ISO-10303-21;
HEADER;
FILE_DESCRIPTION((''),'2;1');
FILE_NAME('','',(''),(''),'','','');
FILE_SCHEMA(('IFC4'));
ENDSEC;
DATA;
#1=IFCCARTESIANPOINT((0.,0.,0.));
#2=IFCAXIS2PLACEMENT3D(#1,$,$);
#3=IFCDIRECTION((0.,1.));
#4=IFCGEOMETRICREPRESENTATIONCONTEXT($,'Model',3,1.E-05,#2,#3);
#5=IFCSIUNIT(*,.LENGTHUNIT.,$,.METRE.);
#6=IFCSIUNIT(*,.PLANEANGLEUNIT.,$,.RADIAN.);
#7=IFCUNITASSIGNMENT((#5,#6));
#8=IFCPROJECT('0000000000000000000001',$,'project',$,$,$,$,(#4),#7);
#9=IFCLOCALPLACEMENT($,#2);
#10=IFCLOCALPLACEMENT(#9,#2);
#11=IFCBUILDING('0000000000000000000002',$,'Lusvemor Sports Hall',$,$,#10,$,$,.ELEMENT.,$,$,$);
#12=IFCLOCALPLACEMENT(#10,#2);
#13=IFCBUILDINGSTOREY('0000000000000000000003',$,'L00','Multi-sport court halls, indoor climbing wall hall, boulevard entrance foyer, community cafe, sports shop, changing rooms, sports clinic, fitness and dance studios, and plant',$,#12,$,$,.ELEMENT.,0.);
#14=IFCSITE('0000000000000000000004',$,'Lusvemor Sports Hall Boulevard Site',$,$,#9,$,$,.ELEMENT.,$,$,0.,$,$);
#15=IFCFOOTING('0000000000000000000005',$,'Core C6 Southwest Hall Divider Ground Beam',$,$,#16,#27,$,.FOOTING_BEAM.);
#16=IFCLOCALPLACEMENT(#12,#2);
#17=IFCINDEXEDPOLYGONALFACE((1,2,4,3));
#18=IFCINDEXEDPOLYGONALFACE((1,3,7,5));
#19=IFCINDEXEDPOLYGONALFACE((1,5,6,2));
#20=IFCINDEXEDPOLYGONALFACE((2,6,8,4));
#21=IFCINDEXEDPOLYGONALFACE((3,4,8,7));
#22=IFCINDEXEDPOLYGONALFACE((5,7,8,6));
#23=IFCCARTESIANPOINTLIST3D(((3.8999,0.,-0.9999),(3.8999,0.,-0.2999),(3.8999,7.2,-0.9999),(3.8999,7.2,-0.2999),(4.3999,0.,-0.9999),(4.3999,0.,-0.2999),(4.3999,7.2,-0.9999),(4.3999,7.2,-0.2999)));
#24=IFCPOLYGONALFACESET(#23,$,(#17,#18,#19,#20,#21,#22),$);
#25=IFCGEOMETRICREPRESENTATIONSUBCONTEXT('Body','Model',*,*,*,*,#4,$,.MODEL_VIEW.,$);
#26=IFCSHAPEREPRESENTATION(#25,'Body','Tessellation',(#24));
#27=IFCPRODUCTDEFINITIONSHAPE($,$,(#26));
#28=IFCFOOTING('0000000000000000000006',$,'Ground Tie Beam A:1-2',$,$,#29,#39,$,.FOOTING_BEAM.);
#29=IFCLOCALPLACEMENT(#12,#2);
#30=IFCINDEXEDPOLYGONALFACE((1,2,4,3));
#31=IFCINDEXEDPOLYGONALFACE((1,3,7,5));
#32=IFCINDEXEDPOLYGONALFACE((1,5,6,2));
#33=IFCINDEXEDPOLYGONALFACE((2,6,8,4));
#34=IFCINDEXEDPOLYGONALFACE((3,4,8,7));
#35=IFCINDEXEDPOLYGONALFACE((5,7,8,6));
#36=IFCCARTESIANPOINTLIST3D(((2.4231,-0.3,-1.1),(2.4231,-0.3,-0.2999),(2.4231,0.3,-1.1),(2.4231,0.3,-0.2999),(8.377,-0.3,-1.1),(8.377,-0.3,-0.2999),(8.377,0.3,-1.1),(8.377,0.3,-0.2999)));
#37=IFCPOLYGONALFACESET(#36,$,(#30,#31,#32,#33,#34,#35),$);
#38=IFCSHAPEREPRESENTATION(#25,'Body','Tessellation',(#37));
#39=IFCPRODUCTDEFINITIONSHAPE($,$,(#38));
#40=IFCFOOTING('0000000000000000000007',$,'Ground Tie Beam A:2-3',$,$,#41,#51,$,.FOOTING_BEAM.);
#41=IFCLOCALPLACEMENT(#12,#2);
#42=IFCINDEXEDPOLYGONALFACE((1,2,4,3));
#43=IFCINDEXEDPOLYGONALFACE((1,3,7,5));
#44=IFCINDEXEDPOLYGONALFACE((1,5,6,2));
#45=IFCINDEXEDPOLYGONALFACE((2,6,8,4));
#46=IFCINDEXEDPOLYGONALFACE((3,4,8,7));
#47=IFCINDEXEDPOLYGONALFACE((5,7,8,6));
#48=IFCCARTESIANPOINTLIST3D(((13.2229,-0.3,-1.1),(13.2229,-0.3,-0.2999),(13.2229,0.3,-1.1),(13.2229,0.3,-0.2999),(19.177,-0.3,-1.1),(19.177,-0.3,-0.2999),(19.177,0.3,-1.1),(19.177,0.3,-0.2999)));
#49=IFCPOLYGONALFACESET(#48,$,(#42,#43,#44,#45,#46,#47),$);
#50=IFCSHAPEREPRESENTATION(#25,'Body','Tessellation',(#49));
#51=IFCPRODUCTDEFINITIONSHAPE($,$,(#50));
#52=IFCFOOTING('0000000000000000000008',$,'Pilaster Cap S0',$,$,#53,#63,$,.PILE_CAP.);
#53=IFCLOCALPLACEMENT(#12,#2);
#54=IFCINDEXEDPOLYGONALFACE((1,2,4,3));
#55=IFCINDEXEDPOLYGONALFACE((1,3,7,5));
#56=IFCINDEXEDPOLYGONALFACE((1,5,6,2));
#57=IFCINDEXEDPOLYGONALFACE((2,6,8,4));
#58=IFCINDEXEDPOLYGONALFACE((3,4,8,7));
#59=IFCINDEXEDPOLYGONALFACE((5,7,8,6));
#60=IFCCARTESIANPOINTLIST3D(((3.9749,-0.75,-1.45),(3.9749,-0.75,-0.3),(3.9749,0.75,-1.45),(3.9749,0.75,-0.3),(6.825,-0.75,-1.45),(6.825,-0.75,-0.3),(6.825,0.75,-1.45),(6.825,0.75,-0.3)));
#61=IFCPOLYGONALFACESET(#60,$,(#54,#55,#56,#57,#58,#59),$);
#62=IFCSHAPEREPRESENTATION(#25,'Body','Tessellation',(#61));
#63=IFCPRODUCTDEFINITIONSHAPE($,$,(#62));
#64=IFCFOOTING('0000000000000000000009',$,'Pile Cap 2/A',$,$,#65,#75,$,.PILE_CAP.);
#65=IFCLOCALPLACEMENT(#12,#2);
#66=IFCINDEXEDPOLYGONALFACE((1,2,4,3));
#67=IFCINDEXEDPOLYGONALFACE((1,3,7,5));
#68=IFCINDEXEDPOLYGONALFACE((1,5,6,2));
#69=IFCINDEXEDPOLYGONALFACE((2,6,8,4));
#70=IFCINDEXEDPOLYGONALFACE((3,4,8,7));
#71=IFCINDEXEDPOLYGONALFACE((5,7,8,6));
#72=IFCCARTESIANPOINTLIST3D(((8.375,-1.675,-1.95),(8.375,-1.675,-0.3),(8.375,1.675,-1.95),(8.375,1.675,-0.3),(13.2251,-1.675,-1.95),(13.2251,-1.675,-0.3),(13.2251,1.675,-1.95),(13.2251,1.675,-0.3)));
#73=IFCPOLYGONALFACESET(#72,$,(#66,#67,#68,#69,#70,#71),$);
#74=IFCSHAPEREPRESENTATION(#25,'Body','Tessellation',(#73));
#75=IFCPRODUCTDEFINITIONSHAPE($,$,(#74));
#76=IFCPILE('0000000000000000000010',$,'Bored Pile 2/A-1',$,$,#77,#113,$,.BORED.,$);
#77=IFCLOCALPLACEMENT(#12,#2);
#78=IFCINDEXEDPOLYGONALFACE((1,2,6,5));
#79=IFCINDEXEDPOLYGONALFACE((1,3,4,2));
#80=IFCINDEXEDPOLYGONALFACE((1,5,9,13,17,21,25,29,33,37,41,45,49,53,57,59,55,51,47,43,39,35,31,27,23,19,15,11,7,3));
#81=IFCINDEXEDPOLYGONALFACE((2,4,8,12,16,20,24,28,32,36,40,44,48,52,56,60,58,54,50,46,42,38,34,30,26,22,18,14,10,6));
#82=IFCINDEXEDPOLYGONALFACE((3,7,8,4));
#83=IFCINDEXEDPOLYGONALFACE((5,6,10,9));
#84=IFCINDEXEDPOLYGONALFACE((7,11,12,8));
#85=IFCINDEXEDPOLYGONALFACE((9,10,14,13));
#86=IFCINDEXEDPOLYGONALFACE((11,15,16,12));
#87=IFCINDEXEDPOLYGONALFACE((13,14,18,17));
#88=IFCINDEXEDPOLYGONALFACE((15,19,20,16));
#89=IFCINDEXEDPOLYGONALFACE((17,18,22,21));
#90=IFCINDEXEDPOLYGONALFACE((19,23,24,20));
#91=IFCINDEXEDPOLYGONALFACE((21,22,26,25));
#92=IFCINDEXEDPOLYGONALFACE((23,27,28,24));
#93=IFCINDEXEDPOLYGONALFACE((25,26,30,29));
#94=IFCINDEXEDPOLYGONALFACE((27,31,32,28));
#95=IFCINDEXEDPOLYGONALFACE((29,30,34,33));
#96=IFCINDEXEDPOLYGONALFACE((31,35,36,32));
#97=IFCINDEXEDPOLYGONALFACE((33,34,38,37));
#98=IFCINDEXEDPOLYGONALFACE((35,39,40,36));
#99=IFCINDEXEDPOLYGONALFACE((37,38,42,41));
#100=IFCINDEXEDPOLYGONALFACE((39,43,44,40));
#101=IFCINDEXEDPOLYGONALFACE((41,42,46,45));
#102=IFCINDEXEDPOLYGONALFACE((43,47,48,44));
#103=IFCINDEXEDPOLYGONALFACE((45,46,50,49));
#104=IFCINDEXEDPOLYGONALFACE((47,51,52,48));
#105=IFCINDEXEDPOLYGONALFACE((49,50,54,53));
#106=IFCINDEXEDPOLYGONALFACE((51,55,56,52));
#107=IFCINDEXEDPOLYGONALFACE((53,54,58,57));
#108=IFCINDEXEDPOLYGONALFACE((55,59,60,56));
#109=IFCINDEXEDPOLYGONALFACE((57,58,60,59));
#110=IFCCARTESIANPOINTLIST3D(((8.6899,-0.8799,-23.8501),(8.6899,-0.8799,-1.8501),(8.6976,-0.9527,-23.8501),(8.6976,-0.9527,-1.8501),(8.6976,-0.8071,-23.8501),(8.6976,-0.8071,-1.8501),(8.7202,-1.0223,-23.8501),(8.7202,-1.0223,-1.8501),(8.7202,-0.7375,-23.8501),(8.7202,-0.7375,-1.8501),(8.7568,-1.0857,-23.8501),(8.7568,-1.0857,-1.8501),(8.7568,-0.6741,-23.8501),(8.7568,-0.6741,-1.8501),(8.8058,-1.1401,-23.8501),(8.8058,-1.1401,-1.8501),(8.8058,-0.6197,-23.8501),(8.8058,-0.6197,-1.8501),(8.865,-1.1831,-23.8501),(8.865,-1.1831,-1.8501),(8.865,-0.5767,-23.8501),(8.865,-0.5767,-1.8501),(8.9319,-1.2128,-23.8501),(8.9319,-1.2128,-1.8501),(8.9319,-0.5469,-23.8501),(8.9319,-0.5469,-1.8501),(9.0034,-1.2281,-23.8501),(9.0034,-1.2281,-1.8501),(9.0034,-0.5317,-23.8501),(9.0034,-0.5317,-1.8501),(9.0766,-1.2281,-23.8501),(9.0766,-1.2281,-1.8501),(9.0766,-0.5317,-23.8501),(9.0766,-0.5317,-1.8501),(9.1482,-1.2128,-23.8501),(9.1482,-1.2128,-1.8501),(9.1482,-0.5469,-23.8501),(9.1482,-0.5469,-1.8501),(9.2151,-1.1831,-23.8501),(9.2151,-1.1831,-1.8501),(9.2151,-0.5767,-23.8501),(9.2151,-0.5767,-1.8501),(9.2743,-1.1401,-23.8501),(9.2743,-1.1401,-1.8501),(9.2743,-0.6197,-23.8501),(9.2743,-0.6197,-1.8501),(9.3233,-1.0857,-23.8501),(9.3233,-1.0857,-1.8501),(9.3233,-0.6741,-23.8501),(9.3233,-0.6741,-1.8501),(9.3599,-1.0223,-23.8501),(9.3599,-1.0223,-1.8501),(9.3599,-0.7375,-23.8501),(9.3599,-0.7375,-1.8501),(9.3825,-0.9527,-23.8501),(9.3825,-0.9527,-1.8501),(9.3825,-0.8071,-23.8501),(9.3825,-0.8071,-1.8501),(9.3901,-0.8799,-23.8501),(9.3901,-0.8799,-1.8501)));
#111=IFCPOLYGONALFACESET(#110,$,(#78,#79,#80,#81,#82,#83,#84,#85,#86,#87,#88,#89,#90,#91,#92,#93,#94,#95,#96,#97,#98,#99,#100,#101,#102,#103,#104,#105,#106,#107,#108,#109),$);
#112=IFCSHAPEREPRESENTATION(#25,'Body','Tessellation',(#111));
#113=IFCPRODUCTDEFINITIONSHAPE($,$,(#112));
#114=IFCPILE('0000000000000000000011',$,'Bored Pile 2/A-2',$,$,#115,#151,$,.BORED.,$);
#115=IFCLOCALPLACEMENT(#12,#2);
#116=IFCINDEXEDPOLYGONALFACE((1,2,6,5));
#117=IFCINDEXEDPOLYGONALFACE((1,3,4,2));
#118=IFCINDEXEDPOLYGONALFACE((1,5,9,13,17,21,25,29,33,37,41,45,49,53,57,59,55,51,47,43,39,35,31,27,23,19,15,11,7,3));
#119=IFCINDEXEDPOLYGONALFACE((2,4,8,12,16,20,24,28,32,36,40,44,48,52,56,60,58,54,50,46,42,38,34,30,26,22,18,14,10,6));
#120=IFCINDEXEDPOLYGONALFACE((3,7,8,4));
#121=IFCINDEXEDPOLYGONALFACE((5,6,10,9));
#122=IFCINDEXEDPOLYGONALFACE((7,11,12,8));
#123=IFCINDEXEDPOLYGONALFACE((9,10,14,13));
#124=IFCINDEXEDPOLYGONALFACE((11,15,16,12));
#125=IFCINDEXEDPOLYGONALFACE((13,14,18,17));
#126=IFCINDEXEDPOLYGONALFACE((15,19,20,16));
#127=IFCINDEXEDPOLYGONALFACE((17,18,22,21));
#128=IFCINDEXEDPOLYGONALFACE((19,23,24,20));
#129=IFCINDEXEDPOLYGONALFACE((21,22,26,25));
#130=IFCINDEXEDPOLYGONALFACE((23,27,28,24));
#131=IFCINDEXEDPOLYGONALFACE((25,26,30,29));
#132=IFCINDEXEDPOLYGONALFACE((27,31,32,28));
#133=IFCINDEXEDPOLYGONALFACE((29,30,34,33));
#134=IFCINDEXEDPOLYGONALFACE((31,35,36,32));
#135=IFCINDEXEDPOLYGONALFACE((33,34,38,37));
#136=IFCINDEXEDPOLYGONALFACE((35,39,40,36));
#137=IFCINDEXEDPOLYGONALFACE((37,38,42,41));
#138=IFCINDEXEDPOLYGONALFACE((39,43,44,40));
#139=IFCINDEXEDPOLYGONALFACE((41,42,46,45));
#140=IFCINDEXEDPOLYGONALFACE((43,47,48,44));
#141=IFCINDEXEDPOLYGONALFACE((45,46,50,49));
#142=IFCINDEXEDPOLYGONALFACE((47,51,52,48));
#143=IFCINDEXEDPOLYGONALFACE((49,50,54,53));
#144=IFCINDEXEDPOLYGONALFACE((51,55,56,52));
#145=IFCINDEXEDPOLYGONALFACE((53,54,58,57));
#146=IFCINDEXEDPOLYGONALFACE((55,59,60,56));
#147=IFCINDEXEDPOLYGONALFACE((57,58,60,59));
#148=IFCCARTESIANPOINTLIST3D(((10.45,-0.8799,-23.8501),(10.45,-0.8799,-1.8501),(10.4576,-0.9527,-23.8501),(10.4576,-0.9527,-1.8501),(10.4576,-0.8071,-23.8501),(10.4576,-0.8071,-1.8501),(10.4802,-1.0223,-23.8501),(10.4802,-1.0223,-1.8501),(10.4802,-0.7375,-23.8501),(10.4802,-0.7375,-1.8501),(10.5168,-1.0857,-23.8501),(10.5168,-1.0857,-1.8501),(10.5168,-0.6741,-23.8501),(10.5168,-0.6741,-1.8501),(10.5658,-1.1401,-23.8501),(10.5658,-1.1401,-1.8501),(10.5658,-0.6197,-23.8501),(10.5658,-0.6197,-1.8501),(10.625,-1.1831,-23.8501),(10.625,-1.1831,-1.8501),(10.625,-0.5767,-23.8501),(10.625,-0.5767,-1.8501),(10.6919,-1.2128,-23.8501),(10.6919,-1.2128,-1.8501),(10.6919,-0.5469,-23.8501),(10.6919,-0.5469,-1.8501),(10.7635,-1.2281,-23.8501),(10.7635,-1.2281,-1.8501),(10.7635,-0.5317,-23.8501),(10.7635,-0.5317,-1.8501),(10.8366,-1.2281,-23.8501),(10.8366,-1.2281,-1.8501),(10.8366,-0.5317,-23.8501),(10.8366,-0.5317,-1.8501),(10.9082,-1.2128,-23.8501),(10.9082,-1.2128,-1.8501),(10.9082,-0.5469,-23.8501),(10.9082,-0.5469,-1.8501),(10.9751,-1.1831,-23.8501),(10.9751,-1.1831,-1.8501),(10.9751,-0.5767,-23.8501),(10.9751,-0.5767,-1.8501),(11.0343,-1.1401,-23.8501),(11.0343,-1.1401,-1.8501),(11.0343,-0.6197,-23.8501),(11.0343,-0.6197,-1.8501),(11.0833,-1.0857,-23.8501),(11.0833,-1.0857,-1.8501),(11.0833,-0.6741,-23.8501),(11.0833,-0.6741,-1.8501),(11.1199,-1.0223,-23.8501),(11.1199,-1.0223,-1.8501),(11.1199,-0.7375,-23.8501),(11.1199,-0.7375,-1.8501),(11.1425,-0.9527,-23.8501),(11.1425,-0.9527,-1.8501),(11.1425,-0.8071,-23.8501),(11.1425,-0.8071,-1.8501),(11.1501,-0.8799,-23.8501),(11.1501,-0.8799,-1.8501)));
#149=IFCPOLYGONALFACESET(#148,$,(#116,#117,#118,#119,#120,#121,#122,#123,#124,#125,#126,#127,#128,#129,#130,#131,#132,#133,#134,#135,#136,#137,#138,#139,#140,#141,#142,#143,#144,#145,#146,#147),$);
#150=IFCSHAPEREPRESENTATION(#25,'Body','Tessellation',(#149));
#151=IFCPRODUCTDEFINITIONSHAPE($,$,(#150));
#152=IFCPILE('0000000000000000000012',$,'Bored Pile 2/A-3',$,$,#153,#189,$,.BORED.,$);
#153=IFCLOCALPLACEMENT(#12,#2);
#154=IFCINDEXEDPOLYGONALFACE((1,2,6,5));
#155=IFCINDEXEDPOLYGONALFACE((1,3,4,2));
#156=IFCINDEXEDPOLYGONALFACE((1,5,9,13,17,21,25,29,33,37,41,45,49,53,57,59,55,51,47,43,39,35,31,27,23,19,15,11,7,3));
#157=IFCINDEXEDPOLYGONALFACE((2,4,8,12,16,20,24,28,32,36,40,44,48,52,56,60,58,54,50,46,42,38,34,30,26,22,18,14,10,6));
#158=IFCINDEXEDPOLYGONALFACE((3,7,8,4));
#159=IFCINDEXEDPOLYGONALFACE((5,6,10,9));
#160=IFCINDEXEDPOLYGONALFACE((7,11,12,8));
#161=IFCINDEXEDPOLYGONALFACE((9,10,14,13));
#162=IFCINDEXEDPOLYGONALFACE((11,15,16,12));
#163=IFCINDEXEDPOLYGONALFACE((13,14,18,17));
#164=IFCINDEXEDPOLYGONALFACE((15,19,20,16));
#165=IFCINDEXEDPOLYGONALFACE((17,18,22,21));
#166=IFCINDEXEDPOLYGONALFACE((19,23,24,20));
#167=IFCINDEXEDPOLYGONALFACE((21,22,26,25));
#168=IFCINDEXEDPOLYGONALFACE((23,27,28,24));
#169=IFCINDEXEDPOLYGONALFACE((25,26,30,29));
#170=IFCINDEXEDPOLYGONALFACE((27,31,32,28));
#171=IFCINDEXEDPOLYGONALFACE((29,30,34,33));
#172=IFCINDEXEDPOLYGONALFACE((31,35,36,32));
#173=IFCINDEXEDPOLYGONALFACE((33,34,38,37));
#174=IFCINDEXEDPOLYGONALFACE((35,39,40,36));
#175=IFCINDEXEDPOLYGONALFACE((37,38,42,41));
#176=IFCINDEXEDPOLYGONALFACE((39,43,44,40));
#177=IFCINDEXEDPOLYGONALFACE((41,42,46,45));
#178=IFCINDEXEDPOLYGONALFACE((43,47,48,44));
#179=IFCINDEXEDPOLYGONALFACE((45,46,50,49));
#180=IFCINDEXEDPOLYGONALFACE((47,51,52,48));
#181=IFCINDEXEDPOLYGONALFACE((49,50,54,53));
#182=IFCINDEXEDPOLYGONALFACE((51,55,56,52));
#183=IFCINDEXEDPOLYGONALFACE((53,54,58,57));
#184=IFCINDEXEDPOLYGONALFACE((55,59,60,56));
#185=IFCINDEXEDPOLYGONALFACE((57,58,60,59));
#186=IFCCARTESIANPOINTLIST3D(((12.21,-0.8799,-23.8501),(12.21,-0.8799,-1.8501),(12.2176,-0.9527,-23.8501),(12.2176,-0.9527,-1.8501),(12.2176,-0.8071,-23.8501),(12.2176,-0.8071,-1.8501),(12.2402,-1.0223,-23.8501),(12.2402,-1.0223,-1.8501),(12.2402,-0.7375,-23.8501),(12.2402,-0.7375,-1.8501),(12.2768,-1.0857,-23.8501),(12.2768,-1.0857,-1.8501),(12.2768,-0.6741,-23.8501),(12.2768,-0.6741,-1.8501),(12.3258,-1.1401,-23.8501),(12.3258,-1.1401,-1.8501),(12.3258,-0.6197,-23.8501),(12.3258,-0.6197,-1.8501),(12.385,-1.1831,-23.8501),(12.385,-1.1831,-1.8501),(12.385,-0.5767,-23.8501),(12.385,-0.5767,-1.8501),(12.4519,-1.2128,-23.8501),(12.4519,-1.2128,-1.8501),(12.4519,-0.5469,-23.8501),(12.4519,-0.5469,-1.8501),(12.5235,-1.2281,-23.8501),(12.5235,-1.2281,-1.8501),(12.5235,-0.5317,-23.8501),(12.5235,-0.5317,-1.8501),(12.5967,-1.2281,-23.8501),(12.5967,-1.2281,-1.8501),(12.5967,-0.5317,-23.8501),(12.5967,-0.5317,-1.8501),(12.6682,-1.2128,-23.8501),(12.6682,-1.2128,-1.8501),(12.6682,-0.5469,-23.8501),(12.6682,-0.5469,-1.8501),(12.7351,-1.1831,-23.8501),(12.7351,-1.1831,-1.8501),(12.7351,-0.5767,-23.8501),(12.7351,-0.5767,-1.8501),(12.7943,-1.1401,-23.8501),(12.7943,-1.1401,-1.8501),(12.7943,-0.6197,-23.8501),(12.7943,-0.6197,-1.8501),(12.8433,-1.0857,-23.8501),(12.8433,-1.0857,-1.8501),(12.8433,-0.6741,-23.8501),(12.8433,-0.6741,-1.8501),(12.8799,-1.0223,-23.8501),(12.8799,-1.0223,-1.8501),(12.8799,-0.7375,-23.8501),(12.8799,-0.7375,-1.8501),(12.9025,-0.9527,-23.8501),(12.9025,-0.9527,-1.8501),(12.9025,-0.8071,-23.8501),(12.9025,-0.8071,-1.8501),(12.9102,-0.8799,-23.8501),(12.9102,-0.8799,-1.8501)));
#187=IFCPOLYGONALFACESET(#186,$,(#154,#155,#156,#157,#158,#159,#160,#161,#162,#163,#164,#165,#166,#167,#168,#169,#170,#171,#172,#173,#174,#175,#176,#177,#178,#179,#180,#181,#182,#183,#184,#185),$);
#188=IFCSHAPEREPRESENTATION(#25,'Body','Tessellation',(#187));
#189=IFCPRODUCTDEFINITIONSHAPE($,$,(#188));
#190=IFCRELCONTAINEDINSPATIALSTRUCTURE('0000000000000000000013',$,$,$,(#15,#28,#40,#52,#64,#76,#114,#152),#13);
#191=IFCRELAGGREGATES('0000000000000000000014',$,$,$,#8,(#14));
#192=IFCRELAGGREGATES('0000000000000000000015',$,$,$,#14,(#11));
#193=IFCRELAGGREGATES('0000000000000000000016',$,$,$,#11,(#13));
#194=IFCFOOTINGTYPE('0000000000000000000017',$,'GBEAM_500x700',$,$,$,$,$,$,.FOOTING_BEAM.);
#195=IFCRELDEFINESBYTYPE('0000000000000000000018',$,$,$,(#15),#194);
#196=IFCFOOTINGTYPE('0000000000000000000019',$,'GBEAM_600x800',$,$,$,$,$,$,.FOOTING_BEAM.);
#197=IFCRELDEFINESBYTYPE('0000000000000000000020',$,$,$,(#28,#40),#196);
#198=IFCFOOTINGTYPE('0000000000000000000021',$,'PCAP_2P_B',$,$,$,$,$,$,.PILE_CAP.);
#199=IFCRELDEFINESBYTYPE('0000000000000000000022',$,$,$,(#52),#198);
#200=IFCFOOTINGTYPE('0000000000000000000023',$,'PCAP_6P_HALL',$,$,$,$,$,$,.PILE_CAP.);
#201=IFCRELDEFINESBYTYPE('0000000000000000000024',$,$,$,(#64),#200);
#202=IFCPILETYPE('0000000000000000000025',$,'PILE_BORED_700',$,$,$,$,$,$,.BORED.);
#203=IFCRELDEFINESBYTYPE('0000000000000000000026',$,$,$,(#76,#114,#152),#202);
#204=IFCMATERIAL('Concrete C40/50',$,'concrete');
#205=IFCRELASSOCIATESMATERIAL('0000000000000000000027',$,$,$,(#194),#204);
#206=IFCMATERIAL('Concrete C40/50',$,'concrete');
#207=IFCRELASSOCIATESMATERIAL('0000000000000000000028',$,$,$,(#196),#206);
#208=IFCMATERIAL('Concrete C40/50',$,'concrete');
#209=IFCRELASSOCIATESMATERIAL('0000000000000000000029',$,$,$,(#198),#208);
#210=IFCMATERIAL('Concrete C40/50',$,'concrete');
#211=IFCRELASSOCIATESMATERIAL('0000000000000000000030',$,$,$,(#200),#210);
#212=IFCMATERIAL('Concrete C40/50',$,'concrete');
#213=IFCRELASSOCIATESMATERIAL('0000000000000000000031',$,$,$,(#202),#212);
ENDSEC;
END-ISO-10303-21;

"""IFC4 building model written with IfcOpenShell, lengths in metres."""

from ifc_helpers import new_model, si_unit, direction, frame, origin, origin_2d, place, context, subcontext, project, spatial, rectangle, circle, extrude, material, material_profile, profile_set, type_object, element, save


model = new_model("IFC4")

# Units and contexts
model_context = context("Model", 3, precision=1e-05, world=origin(), true_north=direction((0.0, 1.0)))
body_context = subcontext(model_context, "Body", "Model", "MODEL_VIEW")
ifc_project = project(units=[si_unit("LENGTHUNIT", "METRE"), si_unit("PLANEANGLEUNIT", "RADIAN")], contexts=[model_context])

# Site, building, storey
site_placement = place(None, origin())
site = spatial("IfcSite", under=ifc_project, at=site_placement, Name="Lusvemor Sports Hall Boulevard Site", CompositionType="ELEMENT", RefElevation=0.0)
building_placement = place(site_placement, origin())
building = spatial("IfcBuilding", under=site, at=building_placement, Name="Lusvemor Sports Hall", CompositionType="ELEMENT")
storey_placement = place(building_placement, origin())
storey = spatial("IfcBuildingStorey", under=building, at=storey_placement, Name="L00", Description="Multi-sport court halls, indoor climbing wall hall, boulevard entrance foyer, community cafe, sports shop, changing rooms, sports clinic, fitness and dance studios, and plant", CompositionType="ELEMENT", Elevation=0.0)

# Footings
ifc_material_1 = material(Name="Concrete C40/50", Category="concrete")
ifc_material_profile_1 = material_profile(ifc_material_1, rectangle(XDim=0.5, YDim=0.7, at=origin_2d()), Name="GB_500x700")
ifc_profile_set_1 = profile_set([ifc_material_profile_1], Name="Concrete C40/50")
footing_type_1 = type_object("IfcFootingType", Name="GBEAM_500x700", PredefinedType="FOOTING_BEAM", material=ifc_profile_set_1)
footing_1_placement = place(storey_placement, frame((4.1499, 0.0, -0.6499), z_axis=(0.0, 1.0, 0.0), x_axis=(-1.0, 0.0, 0.0)))
element("IfcFooting", 1, at=footing_1_placement, inside=storey, type_object=footing_type_1, Name="Core C6 Southwest Hall Divider Ground Beam", PredefinedType="FOOTING_BEAM", context=body_context, shape_type="SweptSolid", body=[
    extrude(rectangle(XDim=0.5, YDim=0.7, at=origin_2d()), origin(), (0.0, 0.0, 1.0), 7.2),
])
ifc_material_2 = material(Name="Concrete C40/50", Category="concrete")
ifc_material_profile_2 = material_profile(ifc_material_2, rectangle(XDim=0.6001, YDim=0.8, at=origin_2d()), Name="GB_600x800")
ifc_profile_set_2 = profile_set([ifc_material_profile_2], Name="Concrete C40/50")
footing_type_2 = type_object("IfcFootingType", Name="GBEAM_600x800", PredefinedType="FOOTING_BEAM", material=ifc_profile_set_2)
footing_2_placement = place(storey_placement, frame((2.4231, 0.0, -0.7), z_axis=(1.0, 0.0, 0.0), x_axis=(0.0, 1.0, 0.0)))
element("IfcFooting", 2, at=footing_2_placement, inside=storey, type_object=footing_type_2, Name="Ground Tie Beam A:1-2", PredefinedType="FOOTING_BEAM", context=body_context, shape_type="SweptSolid", body=[
    extrude(rectangle(XDim=0.6001, YDim=0.8, at=origin_2d()), origin(), (0.0, 0.0, 1.0), 5.9539),
])
footing_3_placement = place(storey_placement, frame((13.2229, 0.0, -0.7), z_axis=(1.0, 0.0, 0.0), x_axis=(0.0, 1.0, 0.0)))
element("IfcFooting", 3, at=footing_3_placement, inside=storey, type_object=footing_type_2, Name="Ground Tie Beam A:2-3", PredefinedType="FOOTING_BEAM", context=body_context, shape_type="SweptSolid", body=[
    extrude(rectangle(XDim=0.6001, YDim=0.8, at=origin_2d()), origin(), (0.0, 0.0, 1.0), 5.9541),
])
ifc_material_3 = material(Name="Concrete C40/50", Category="concrete")
footing_type_3 = type_object("IfcFootingType", Name="PCAP_2P_B", PredefinedType="PILE_CAP", material=ifc_material_3)
footing_4_placement = place(storey_placement, frame((5.3999, 0.0, -1.45), z_axis=(0.0, 0.0, 1.0), x_axis=(1.0, 0.0, 0.0)))
element("IfcFooting", 4, at=footing_4_placement, inside=storey, type_object=footing_type_3, Name="Pilaster Cap S0", PredefinedType="PILE_CAP", context=body_context, shape_type="SweptSolid", body=[
    extrude(rectangle(XDim=2.8501, YDim=1.5, at=origin_2d()), origin(), (0.0, 0.0, 1.0), 1.1499),
])
ifc_material_4 = material(Name="Concrete C40/50", Category="concrete")
footing_type_4 = type_object("IfcFootingType", Name="PCAP_6P_HALL", PredefinedType="PILE_CAP", material=ifc_material_4)
footing_5_placement = place(storey_placement, frame((10.8, 0.0, -1.95), z_axis=(0.0, 0.0, 1.0), x_axis=(1.0, 0.0, 0.0)))
element("IfcFooting", 5, at=footing_5_placement, inside=storey, type_object=footing_type_4, Name="Pile Cap 2/A", PredefinedType="PILE_CAP", context=body_context, shape_type="SweptSolid", body=[
    extrude(rectangle(XDim=4.8501, YDim=3.3501, at=origin_2d()), origin(), (0.0, 0.0, 1.0), 1.6499),
])

# Piles
ifc_material_5 = material(Name="Concrete C40/50", Category="concrete")
ifc_material_profile_3 = material_profile(ifc_material_5, circle(Radius=0.3501, at=origin_2d()), Name="PILE700")
ifc_profile_set_3 = profile_set([ifc_material_profile_3], Name="Concrete C40/50")
pile_type = type_object("IfcPileType", Name="PILE_BORED_700", PredefinedType="BORED", material=ifc_profile_set_3)
for number, where, z_axis, x_axis, name in (
    (6, (9.04, -0.8799, -1.8501), (0.0, 0.0, -1.0), (1.0, 0.0, 0.0), "Bored Pile 2/A-1"),
    (7, (10.8, -0.8799, -1.8501), (0.0, 0.0, -1.0), (1.0, 0.0, 0.0), "Bored Pile 2/A-2"),
    (8, (12.5601, -0.8799, -1.8501), (0.0, 0.0, -1.0), (1.0, 0.0, 0.0), "Bored Pile 2/A-3"),
):
    element("IfcPile", number, at=place(storey_placement, frame(where, z_axis=z_axis, x_axis=x_axis)), inside=storey, type_object=pile_type, Name=name, PredefinedType="BORED", context=body_context, shape_type="SweptSolid", body=[
        extrude(circle(Radius=0.3501, at=origin_2d()), origin(), (0.0, 0.0, 1.0), 22.0),
    ])

save(model, "model.ifc")
